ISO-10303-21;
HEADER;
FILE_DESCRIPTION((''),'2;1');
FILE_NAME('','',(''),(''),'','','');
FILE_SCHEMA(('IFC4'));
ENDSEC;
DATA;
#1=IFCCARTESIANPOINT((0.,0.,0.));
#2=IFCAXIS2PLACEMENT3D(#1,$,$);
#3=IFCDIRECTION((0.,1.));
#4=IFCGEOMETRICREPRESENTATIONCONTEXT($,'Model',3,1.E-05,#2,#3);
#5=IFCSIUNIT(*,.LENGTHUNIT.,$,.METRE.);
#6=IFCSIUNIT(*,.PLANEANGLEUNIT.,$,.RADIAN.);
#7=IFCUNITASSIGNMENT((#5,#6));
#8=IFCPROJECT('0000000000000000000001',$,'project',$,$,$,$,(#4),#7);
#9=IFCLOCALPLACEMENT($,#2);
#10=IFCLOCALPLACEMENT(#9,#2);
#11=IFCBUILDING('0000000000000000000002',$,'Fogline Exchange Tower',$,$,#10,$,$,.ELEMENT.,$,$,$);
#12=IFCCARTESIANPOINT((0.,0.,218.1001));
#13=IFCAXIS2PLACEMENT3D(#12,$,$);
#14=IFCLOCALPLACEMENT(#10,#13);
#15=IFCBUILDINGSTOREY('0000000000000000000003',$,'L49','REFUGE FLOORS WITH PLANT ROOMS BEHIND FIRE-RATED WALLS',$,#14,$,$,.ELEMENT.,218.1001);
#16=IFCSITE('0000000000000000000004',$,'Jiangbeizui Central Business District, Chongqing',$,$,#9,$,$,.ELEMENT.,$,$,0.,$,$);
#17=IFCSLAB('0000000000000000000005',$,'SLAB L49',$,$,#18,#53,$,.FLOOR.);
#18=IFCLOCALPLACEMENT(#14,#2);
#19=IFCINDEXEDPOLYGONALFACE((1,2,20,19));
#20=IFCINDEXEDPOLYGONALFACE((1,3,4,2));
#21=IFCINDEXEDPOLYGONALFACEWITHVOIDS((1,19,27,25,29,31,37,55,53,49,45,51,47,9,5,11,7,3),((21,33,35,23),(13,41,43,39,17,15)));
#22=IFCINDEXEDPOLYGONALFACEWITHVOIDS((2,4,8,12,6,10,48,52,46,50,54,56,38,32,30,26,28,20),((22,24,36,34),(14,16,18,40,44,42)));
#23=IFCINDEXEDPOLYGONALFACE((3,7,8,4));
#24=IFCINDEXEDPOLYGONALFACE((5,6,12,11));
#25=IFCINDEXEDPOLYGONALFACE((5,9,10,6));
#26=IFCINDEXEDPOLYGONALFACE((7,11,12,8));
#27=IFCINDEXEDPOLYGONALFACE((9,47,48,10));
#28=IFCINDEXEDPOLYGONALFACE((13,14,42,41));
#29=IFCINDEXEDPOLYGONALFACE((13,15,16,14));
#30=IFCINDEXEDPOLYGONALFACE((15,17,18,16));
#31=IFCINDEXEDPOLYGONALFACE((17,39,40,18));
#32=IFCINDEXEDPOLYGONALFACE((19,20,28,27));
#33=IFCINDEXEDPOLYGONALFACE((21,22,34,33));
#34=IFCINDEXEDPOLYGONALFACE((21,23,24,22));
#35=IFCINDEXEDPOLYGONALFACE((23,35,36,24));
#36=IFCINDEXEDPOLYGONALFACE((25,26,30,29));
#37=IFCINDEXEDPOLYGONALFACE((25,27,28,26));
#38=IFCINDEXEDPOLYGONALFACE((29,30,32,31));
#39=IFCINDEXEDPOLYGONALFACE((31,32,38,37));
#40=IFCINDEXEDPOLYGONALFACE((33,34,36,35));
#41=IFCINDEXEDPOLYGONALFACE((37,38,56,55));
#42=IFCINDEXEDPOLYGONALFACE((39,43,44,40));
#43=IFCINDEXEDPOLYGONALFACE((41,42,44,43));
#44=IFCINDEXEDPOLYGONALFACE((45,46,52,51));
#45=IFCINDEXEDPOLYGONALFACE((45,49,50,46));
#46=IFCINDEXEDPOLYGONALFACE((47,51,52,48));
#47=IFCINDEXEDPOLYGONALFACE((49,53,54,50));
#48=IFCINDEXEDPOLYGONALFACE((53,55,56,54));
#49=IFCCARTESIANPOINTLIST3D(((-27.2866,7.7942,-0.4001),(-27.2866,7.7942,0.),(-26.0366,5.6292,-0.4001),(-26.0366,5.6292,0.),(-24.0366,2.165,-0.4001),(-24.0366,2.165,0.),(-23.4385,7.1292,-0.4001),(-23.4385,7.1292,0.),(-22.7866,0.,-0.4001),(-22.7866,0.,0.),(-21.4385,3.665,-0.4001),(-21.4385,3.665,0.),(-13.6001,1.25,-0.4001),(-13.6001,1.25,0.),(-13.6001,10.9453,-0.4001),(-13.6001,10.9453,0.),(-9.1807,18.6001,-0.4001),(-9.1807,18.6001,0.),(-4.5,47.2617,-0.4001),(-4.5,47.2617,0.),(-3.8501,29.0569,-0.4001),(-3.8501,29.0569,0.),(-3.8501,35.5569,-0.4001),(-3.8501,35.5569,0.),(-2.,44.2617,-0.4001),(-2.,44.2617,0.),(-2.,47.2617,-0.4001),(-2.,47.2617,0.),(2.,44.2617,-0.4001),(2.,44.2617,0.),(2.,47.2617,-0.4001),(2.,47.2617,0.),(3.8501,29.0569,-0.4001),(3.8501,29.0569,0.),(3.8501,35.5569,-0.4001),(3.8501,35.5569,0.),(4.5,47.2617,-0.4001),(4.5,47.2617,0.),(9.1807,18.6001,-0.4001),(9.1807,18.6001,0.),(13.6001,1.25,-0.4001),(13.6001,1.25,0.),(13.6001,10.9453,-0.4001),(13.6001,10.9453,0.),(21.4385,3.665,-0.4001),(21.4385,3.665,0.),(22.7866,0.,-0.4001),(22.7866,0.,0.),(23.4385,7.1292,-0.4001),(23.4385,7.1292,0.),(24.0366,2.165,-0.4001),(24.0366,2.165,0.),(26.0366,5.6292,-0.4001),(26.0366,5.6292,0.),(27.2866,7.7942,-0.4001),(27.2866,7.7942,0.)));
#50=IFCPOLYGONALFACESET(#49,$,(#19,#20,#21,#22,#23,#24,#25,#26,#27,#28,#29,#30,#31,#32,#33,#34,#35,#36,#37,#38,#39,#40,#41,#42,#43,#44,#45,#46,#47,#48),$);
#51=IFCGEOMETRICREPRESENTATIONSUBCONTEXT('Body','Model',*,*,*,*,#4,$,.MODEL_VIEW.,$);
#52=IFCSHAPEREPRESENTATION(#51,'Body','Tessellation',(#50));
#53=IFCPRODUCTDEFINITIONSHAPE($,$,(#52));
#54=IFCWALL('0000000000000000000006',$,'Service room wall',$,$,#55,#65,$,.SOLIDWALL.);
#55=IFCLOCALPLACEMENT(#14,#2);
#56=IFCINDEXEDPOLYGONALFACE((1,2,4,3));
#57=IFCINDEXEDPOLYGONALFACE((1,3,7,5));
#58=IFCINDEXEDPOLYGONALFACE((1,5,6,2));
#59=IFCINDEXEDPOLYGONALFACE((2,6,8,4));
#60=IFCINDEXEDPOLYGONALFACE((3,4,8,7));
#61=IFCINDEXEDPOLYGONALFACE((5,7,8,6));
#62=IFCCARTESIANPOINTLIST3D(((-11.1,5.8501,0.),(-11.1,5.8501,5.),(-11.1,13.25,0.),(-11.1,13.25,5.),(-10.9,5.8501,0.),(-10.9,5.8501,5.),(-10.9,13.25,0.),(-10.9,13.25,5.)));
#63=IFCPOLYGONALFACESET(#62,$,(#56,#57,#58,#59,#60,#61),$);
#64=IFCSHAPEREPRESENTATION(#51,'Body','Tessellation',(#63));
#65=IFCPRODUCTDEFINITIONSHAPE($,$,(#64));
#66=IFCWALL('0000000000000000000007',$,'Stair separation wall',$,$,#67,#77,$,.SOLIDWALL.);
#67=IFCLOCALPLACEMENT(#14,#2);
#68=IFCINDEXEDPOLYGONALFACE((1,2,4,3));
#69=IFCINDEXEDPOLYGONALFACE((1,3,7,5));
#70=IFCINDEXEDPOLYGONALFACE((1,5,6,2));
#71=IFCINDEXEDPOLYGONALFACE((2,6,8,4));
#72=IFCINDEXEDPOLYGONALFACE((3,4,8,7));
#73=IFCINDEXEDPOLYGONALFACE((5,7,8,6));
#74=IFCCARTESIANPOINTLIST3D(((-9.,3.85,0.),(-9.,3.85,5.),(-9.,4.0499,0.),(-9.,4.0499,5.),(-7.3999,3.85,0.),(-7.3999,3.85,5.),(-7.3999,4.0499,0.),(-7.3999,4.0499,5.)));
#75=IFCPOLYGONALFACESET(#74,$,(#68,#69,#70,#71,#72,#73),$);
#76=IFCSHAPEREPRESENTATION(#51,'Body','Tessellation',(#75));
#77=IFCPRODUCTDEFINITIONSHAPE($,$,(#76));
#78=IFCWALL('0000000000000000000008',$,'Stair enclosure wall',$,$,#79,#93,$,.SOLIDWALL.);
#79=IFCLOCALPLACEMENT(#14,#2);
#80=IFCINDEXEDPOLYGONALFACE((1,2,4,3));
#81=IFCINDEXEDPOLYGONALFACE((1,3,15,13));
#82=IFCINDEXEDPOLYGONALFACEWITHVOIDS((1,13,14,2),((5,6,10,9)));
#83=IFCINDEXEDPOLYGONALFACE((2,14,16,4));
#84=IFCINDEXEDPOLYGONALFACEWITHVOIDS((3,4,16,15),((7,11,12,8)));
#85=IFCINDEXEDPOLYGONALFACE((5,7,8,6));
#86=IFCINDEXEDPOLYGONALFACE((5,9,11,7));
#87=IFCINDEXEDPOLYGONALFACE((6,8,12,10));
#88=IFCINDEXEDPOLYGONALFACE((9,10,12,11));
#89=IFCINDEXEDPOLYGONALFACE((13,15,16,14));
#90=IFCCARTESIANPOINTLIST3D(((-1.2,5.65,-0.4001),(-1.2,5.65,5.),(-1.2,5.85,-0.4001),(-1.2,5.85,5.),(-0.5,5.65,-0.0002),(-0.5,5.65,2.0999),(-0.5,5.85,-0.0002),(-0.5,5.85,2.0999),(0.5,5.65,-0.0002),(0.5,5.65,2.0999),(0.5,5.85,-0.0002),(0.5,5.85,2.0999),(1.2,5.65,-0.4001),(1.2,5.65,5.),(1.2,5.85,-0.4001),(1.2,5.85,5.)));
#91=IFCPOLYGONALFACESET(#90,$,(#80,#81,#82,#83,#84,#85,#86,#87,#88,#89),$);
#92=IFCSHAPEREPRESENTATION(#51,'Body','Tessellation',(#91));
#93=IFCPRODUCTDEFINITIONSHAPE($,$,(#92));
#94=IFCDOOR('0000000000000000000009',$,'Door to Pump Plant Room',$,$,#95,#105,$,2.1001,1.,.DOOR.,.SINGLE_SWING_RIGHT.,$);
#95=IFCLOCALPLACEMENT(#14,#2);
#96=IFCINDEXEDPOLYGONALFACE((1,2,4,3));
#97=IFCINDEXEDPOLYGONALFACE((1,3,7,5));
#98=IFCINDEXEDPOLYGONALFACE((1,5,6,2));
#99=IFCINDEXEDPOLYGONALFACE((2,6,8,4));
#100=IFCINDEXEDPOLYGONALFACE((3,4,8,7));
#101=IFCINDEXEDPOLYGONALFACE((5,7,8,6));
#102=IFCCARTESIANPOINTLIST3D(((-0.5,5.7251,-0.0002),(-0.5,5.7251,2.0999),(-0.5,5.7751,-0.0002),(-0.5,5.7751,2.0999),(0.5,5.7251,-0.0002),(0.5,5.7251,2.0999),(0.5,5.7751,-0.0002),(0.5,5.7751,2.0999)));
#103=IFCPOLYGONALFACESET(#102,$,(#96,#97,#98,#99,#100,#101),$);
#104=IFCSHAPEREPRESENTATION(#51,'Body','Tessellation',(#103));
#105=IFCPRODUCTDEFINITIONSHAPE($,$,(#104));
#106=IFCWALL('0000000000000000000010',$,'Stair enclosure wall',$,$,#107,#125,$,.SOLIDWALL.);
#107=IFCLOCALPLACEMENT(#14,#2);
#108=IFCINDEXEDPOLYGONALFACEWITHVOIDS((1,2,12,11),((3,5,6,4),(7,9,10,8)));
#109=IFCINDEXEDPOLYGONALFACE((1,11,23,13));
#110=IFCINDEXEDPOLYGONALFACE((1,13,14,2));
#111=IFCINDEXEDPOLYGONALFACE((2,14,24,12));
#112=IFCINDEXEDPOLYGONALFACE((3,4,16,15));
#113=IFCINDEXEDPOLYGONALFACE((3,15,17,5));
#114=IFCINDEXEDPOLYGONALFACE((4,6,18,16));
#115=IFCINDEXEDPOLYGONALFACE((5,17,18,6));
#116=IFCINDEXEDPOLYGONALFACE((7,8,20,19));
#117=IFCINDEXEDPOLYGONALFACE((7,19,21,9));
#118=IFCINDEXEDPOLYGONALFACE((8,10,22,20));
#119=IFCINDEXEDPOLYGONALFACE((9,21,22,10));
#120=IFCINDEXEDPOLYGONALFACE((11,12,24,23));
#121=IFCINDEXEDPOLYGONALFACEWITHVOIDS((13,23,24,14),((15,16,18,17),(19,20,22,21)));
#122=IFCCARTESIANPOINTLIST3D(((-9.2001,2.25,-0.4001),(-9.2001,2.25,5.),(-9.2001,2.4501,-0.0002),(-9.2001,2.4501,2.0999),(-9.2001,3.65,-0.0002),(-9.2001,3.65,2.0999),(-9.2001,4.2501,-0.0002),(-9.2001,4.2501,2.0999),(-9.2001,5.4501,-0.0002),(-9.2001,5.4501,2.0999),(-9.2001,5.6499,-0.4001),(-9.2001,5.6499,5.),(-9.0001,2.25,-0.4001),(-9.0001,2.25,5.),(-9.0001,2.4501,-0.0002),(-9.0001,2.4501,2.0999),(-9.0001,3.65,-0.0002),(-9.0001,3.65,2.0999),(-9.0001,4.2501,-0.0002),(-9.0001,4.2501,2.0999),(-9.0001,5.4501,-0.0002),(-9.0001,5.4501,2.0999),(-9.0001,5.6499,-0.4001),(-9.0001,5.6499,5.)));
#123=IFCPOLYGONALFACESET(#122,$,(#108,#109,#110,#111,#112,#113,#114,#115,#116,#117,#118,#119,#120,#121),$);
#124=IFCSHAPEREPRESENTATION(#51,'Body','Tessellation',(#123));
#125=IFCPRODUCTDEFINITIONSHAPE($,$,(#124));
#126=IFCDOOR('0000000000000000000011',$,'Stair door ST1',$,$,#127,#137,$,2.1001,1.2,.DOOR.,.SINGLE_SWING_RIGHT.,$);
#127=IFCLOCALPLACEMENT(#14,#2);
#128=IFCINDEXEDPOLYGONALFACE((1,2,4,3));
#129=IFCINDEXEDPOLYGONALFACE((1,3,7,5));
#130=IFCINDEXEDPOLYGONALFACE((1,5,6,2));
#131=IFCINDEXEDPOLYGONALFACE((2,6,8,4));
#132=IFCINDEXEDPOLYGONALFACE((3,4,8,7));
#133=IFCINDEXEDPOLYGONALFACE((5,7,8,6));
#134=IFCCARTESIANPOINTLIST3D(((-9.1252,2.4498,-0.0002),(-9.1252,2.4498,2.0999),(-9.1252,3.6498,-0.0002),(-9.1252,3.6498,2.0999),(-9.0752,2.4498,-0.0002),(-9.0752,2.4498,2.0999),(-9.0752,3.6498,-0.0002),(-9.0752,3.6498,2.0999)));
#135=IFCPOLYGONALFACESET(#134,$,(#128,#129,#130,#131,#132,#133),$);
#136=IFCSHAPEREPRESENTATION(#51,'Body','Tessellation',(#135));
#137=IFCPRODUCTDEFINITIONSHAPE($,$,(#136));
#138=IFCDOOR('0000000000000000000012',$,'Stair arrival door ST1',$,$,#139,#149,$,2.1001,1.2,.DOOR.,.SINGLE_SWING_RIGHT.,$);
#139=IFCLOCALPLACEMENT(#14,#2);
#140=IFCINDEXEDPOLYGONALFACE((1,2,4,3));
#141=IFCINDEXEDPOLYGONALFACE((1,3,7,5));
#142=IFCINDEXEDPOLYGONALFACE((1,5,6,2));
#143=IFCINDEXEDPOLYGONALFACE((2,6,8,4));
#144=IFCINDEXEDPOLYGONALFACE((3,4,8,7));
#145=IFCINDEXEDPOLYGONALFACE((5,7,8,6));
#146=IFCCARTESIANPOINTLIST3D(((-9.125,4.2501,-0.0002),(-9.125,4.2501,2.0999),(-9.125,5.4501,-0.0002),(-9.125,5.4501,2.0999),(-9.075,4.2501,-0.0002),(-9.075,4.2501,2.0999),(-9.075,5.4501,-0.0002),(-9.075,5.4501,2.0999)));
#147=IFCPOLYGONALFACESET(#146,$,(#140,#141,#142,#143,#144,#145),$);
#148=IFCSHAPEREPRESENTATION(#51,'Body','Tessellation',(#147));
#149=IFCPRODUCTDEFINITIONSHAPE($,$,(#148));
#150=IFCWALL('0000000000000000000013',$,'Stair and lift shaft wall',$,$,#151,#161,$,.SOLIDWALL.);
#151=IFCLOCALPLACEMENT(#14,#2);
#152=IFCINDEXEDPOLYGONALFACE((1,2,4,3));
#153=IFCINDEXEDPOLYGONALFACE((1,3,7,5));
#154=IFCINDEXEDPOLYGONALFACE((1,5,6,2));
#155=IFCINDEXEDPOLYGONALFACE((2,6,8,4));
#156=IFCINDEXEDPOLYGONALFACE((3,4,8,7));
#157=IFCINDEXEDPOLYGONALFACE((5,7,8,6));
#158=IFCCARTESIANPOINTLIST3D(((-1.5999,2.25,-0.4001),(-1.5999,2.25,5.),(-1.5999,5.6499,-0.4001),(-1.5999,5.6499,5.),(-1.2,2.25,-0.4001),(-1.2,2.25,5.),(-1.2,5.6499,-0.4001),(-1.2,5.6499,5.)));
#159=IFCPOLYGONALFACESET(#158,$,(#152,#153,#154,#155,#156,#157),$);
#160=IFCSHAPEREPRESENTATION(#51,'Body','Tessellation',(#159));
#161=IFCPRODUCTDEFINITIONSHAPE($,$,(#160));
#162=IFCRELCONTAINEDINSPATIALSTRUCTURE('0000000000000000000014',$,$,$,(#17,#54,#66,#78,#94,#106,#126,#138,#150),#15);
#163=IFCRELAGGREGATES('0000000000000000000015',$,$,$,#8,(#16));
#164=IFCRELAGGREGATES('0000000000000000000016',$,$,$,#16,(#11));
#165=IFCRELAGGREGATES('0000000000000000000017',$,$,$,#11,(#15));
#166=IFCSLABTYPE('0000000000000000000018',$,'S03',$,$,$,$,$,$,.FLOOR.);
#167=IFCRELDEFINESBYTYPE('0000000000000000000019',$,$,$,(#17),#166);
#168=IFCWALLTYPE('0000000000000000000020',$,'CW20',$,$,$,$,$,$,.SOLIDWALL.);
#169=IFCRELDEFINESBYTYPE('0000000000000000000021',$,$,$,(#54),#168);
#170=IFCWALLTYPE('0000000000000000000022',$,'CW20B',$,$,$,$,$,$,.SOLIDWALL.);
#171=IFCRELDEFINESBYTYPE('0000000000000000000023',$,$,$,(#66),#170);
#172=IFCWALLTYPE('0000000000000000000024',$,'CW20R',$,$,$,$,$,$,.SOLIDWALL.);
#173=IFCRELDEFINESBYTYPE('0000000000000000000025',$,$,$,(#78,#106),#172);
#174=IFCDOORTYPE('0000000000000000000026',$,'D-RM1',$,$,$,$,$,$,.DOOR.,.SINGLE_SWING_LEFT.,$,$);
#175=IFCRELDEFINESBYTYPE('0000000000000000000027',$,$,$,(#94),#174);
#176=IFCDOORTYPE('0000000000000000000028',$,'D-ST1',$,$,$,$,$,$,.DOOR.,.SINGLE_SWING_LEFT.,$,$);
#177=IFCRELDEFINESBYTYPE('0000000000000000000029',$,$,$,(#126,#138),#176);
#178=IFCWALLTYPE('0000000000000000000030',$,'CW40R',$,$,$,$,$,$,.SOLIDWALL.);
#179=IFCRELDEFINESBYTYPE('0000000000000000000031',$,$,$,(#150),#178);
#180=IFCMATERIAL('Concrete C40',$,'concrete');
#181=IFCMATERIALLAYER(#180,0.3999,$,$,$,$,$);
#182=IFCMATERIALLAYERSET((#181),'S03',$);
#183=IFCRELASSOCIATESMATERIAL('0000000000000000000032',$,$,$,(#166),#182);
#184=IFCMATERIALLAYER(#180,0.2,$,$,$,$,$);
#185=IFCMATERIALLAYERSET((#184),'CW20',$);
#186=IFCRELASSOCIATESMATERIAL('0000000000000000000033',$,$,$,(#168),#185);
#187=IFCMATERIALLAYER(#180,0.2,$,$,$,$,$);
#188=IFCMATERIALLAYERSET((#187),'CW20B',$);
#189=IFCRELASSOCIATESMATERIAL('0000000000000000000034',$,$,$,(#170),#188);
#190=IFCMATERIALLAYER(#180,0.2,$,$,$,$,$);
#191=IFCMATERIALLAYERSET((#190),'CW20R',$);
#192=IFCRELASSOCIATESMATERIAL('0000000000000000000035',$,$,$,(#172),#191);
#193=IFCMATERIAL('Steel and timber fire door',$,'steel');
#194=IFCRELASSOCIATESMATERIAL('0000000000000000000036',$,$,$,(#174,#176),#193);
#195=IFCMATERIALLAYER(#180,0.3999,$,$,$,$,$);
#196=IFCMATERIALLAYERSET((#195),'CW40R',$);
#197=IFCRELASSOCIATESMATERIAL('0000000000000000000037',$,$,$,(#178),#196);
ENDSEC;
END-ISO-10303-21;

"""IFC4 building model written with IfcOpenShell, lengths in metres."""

from ifc_helpers import new_model, si_unit, direction, frame, frame_2d, origin, place, context, subcontext, project, spatial, polyline, rectangle, outline, extrude, material, layer, layer_set, type_object, element, fill, save


model = new_model("IFC4")

# Units and contexts
model_context = context("Model", 3, precision=1e-05, world=origin(), true_north=direction((0.0, 1.0)))
body_context = subcontext(model_context, "Body", "Model", "MODEL_VIEW")
ifc_project = project(units=[si_unit("LENGTHUNIT", "METRE"), si_unit("PLANEANGLEUNIT", "RADIAN")], contexts=[model_context])

# Site, building, storey
site_placement = place(None, origin())
site = spatial("IfcSite", under=ifc_project, at=site_placement, Name="Jiangbeizui Central Business District, Chongqing", CompositionType="ELEMENT", RefElevation=0.0)
building_placement = place(site_placement, origin())
building = spatial("IfcBuilding", under=site, at=building_placement, Name="Fogline Exchange Tower", CompositionType="ELEMENT")
storey_placement = place(building_placement, frame((0.0, 0.0, 218.1001)))
storey = spatial("IfcBuildingStorey", under=building, at=storey_placement, Name="L49", Description="REFUGE FLOORS WITH PLANT ROOMS BEHIND FIRE-RATED WALLS", CompositionType="ELEMENT", Elevation=218.1001)

# Slab
ifc_material_1 = material(Name="Concrete C40", Category="concrete")
ifc_layer_1 = layer(ifc_material_1, 0.3999)
ifc_layer_set_1 = layer_set([ifc_layer_1], Name="S03")
slab_type = type_object("IfcSlabType", Name="S03", PredefinedType="FLOOR", material=ifc_layer_set_1)
slab_placement = place(storey_placement, frame((0.0, 0.0, -0.4001)))
element("IfcSlab", 1, at=slab_placement, inside=storey, type_object=slab_type, Name="SLAB L49", PredefinedType="FLOOR", context=body_context, shape_type="SweptSolid", body=[
    extrude(outline(polyline([(-2.0, 47.2617), (-4.5, 47.2617), (-27.2866, 7.7942), (-26.0366, 5.6292), (-23.4385, 7.1292), (-21.4385, 3.665), (-24.0366, 2.165), (-22.7866, 0.0), (22.7866, 0.0), (24.0366, 2.165), (21.4385, 3.665), (23.4385, 7.1292), (26.0366, 5.6292), (27.2866, 7.7942), (4.5, 47.2617), (2.0, 47.2617), (2.0, 44.2617), (-2.0, 44.2617), (-2.0, 47.2617)]), holes=[polyline([(13.6001, 10.9453), (13.6001, 1.25), (-13.6001, 1.25), (-13.6001, 10.9453), (-9.1807, 18.6001), (9.1807, 18.6001), (13.6001, 10.9453)]), polyline([(3.8501, 35.5569), (3.8501, 29.0569), (-3.8501, 29.0569), (-3.8501, 35.5569), (3.8501, 35.5569)])]), origin(), (0.0, 0.0, 1.0), 0.4001),
])

# Walls
ifc_layer_2 = layer(ifc_material_1, 0.2)
ifc_layer_set_2 = layer_set([ifc_layer_2], Name="CW20")
wall_type_1 = type_object("IfcWallType", Name="CW20", PredefinedType="SOLIDWALL", material=ifc_layer_set_2)
wall_1_placement = place(storey_placement, frame((-11.0, 5.8501, 0.0), z_axis=(0.0, 0.0, 1.0), x_axis=(0.0, 1.0, 0.0)))
element("IfcWall", 2, at=wall_1_placement, inside=storey, type_object=wall_type_1, Name="Service room wall", PredefinedType="SOLIDWALL", context=body_context, shape_type="SweptSolid", body=[
    extrude(rectangle(XDim=7.3999, YDim=0.2, at=frame_2d((3.7, 0.0))), origin(), (0.0, 0.0, 1.0), 5.0),
])
ifc_layer_3 = layer(ifc_material_1, 0.2)
ifc_layer_set_3 = layer_set([ifc_layer_3], Name="CW20B")
wall_type_2 = type_object("IfcWallType", Name="CW20B", PredefinedType="SOLIDWALL", material=ifc_layer_set_3)
wall_2_placement = place(storey_placement, frame((-9.0, 3.95, 0.0), z_axis=(0.0, 0.0, 1.0), x_axis=(1.0, 0.0, 0.0)))
element("IfcWall", 3, at=wall_2_placement, inside=storey, type_object=wall_type_2, Name="Stair separation wall", PredefinedType="SOLIDWALL", context=body_context, shape_type="SweptSolid", body=[
    extrude(rectangle(XDim=1.6001, YDim=0.2, at=frame_2d((0.8, 0.0))), origin(), (0.0, 0.0, 1.0), 5.0),
])

# Wall, opening, door
ifc_layer_4 = layer(ifc_material_1, 0.2)
ifc_layer_set_4 = layer_set([ifc_layer_4], Name="CW20R")
wall_type_3 = type_object("IfcWallType", Name="CW20R", PredefinedType="SOLIDWALL", material=ifc_layer_set_4)
wall_3_placement = place(storey_placement, frame((-1.2, 5.75, -0.4001), z_axis=(0.0, 0.0, 1.0), x_axis=(1.0, 0.0, 0.0)))
wall_3 = element("IfcWall", 4, at=wall_3_placement, inside=storey, type_object=wall_type_3, Name="Stair enclosure wall", PredefinedType="SOLIDWALL", context=body_context, shape_type="SweptSolid", body=[
    extrude(rectangle(XDim=2.3999, YDim=0.2, at=frame_2d((1.2, 0.0))), origin(), (0.0, 0.0, 1.0), 5.4001),
])
opening_1_placement = place(wall_3_placement, frame((0.7, 0.0, 0.3999)))
opening_1 = element("IfcOpeningElement", 5, at=opening_1_placement, cuts=wall_3, PredefinedType="OPENING", context=body_context, shape_type="SweptSolid", body=[
    extrude(rectangle(XDim=1.0, YDim=2.1001, at=frame_2d((0.5, 1.05))), frame((0.0, 0.1099, 0.0), z_axis=(0.0, -1.0, 0.0), x_axis=(1.0, 0.0, 0.0)), (0.0, 0.0, 1.0), 0.22),
])
ifc_material_2 = material(Name="Steel and timber fire door", Category="steel")
door_type_1 = type_object("IfcDoorType", Name="D-RM1", OperationType="SINGLE_SWING_LEFT", PredefinedType="DOOR", material=ifc_material_2)
door_1_placement = place(opening_1_placement, frame((1.0, 0.0, 0.0), z_axis=(0.0, 0.0, 1.0), x_axis=(-1.0, 0.0, 0.0)))
door_1 = element("IfcDoor", 6, at=door_1_placement, inside=storey, type_object=door_type_1, Name="Door to Pump Plant Room", OperationType="SINGLE_SWING_RIGHT", OverallHeight=2.1001, OverallWidth=1.0, PredefinedType="DOOR", context=body_context, shape_type="SweptSolid", body=[
    extrude(rectangle(XDim=1.0, YDim=2.1001, at=frame_2d((0.5, 1.05))), frame((0.0, 0.0249, 0.0), z_axis=(0.0, -1.0, 0.0), x_axis=(1.0, 0.0, 0.0)), (0.0, 0.0, 1.0), 0.05),
])
fill(opening_1, door_1)

# Wall, openings, doors
wall_4_placement = place(storey_placement, frame((-9.1001, 2.25, -0.4001), z_axis=(0.0, 0.0, 1.0), x_axis=(0.0, 1.0, 0.0)))
wall_4 = element("IfcWall", 7, at=wall_4_placement, inside=storey, type_object=wall_type_3, Name="Stair enclosure wall", PredefinedType="SOLIDWALL", context=body_context, shape_type="SweptSolid", body=[
    extrude(rectangle(XDim=3.3999, YDim=0.2, at=frame_2d((1.7, 0.0))), origin(), (0.0, 0.0, 1.0), 5.4001),
])
opening_2_placement = place(wall_4_placement, frame((0.2, 0.0, 0.3999)))
opening_2 = element("IfcOpeningElement", 8, at=opening_2_placement, cuts=wall_4, PredefinedType="OPENING", context=body_context, shape_type="SweptSolid", body=[
    extrude(rectangle(XDim=1.2, YDim=2.1001, at=frame_2d((0.6001, 1.05))), frame((0.0, 0.1099, 0.0), z_axis=(0.0, -1.0, 0.0), x_axis=(1.0, 0.0, 0.0)), (0.0, 0.0, 1.0), 0.22),
])
opening_3_placement = place(wall_4_placement, frame((2.0, 0.0, 0.3999)))
opening_3 = element("IfcOpeningElement", 9, at=opening_3_placement, cuts=wall_4, PredefinedType="OPENING", context=body_context, shape_type="SweptSolid", body=[
    extrude(rectangle(XDim=1.2, YDim=2.1001, at=frame_2d((0.6001, 1.05))), frame((0.0, 0.1099, 0.0), z_axis=(0.0, -1.0, 0.0), x_axis=(1.0, 0.0, 0.0)), (0.0, 0.0, 1.0), 0.22),
])
door_type_2 = type_object("IfcDoorType", Name="D-ST1", OperationType="SINGLE_SWING_LEFT", PredefinedType="DOOR", material=ifc_material_2)
door_2_placement = place(opening_2_placement, frame((1.2, 0.0, 0.0), z_axis=(0.0, 0.0, 1.0), x_axis=(-1.0, 0.0, 0.0)))
door_2 = element("IfcDoor", 10, at=door_2_placement, inside=storey, type_object=door_type_2, Name="Stair door ST1", OperationType="SINGLE_SWING_RIGHT", OverallHeight=2.1001, OverallWidth=1.2, PredefinedType="DOOR", context=body_context, shape_type="SweptSolid", body=[
    extrude(rectangle(XDim=1.2, YDim=2.1001, at=frame_2d((0.6001, 1.05))), frame((0.0, 0.0249, 0.0), z_axis=(0.0, -1.0, 0.0), x_axis=(1.0, 0.0, 0.0)), (0.0, 0.0, 1.0), 0.05),
])
fill(opening_2, door_2)
door_3_placement = place(opening_3_placement, origin())
door_3 = element("IfcDoor", 11, at=door_3_placement, inside=storey, type_object=door_type_2, Name="Stair arrival door ST1", OperationType="SINGLE_SWING_RIGHT", OverallHeight=2.1001, OverallWidth=1.2, PredefinedType="DOOR", context=body_context, shape_type="SweptSolid", body=[
    extrude(rectangle(XDim=1.2, YDim=2.1001, at=frame_2d((0.6001, 1.05))), frame((0.0, 0.0249, 0.0), z_axis=(0.0, -1.0, 0.0), x_axis=(1.0, 0.0, 0.0)), (0.0, 0.0, 1.0), 0.05),
])
fill(opening_3, door_3)

# Wall
ifc_layer_5 = layer(ifc_material_1, 0.3999)
ifc_layer_set_5 = layer_set([ifc_layer_5], Name="CW40R")
wall_type_4 = type_object("IfcWallType", Name="CW40R", PredefinedType="SOLIDWALL", material=ifc_layer_set_5)
wall_5_placement = place(storey_placement, frame((-1.3999, 2.25, -0.4001), z_axis=(0.0, 0.0, 1.0), x_axis=(0.0, 1.0, 0.0)))
element("IfcWall", 12, at=wall_5_placement, inside=storey, type_object=wall_type_4, Name="Stair and lift shaft wall", PredefinedType="SOLIDWALL", context=body_context, shape_type="SweptSolid", body=[
    extrude(rectangle(XDim=3.3999, YDim=0.3999, at=frame_2d((1.7, 0.0))), origin(), (0.0, 0.0, 1.0), 5.4001),
])

save(model, "model.ifc")
